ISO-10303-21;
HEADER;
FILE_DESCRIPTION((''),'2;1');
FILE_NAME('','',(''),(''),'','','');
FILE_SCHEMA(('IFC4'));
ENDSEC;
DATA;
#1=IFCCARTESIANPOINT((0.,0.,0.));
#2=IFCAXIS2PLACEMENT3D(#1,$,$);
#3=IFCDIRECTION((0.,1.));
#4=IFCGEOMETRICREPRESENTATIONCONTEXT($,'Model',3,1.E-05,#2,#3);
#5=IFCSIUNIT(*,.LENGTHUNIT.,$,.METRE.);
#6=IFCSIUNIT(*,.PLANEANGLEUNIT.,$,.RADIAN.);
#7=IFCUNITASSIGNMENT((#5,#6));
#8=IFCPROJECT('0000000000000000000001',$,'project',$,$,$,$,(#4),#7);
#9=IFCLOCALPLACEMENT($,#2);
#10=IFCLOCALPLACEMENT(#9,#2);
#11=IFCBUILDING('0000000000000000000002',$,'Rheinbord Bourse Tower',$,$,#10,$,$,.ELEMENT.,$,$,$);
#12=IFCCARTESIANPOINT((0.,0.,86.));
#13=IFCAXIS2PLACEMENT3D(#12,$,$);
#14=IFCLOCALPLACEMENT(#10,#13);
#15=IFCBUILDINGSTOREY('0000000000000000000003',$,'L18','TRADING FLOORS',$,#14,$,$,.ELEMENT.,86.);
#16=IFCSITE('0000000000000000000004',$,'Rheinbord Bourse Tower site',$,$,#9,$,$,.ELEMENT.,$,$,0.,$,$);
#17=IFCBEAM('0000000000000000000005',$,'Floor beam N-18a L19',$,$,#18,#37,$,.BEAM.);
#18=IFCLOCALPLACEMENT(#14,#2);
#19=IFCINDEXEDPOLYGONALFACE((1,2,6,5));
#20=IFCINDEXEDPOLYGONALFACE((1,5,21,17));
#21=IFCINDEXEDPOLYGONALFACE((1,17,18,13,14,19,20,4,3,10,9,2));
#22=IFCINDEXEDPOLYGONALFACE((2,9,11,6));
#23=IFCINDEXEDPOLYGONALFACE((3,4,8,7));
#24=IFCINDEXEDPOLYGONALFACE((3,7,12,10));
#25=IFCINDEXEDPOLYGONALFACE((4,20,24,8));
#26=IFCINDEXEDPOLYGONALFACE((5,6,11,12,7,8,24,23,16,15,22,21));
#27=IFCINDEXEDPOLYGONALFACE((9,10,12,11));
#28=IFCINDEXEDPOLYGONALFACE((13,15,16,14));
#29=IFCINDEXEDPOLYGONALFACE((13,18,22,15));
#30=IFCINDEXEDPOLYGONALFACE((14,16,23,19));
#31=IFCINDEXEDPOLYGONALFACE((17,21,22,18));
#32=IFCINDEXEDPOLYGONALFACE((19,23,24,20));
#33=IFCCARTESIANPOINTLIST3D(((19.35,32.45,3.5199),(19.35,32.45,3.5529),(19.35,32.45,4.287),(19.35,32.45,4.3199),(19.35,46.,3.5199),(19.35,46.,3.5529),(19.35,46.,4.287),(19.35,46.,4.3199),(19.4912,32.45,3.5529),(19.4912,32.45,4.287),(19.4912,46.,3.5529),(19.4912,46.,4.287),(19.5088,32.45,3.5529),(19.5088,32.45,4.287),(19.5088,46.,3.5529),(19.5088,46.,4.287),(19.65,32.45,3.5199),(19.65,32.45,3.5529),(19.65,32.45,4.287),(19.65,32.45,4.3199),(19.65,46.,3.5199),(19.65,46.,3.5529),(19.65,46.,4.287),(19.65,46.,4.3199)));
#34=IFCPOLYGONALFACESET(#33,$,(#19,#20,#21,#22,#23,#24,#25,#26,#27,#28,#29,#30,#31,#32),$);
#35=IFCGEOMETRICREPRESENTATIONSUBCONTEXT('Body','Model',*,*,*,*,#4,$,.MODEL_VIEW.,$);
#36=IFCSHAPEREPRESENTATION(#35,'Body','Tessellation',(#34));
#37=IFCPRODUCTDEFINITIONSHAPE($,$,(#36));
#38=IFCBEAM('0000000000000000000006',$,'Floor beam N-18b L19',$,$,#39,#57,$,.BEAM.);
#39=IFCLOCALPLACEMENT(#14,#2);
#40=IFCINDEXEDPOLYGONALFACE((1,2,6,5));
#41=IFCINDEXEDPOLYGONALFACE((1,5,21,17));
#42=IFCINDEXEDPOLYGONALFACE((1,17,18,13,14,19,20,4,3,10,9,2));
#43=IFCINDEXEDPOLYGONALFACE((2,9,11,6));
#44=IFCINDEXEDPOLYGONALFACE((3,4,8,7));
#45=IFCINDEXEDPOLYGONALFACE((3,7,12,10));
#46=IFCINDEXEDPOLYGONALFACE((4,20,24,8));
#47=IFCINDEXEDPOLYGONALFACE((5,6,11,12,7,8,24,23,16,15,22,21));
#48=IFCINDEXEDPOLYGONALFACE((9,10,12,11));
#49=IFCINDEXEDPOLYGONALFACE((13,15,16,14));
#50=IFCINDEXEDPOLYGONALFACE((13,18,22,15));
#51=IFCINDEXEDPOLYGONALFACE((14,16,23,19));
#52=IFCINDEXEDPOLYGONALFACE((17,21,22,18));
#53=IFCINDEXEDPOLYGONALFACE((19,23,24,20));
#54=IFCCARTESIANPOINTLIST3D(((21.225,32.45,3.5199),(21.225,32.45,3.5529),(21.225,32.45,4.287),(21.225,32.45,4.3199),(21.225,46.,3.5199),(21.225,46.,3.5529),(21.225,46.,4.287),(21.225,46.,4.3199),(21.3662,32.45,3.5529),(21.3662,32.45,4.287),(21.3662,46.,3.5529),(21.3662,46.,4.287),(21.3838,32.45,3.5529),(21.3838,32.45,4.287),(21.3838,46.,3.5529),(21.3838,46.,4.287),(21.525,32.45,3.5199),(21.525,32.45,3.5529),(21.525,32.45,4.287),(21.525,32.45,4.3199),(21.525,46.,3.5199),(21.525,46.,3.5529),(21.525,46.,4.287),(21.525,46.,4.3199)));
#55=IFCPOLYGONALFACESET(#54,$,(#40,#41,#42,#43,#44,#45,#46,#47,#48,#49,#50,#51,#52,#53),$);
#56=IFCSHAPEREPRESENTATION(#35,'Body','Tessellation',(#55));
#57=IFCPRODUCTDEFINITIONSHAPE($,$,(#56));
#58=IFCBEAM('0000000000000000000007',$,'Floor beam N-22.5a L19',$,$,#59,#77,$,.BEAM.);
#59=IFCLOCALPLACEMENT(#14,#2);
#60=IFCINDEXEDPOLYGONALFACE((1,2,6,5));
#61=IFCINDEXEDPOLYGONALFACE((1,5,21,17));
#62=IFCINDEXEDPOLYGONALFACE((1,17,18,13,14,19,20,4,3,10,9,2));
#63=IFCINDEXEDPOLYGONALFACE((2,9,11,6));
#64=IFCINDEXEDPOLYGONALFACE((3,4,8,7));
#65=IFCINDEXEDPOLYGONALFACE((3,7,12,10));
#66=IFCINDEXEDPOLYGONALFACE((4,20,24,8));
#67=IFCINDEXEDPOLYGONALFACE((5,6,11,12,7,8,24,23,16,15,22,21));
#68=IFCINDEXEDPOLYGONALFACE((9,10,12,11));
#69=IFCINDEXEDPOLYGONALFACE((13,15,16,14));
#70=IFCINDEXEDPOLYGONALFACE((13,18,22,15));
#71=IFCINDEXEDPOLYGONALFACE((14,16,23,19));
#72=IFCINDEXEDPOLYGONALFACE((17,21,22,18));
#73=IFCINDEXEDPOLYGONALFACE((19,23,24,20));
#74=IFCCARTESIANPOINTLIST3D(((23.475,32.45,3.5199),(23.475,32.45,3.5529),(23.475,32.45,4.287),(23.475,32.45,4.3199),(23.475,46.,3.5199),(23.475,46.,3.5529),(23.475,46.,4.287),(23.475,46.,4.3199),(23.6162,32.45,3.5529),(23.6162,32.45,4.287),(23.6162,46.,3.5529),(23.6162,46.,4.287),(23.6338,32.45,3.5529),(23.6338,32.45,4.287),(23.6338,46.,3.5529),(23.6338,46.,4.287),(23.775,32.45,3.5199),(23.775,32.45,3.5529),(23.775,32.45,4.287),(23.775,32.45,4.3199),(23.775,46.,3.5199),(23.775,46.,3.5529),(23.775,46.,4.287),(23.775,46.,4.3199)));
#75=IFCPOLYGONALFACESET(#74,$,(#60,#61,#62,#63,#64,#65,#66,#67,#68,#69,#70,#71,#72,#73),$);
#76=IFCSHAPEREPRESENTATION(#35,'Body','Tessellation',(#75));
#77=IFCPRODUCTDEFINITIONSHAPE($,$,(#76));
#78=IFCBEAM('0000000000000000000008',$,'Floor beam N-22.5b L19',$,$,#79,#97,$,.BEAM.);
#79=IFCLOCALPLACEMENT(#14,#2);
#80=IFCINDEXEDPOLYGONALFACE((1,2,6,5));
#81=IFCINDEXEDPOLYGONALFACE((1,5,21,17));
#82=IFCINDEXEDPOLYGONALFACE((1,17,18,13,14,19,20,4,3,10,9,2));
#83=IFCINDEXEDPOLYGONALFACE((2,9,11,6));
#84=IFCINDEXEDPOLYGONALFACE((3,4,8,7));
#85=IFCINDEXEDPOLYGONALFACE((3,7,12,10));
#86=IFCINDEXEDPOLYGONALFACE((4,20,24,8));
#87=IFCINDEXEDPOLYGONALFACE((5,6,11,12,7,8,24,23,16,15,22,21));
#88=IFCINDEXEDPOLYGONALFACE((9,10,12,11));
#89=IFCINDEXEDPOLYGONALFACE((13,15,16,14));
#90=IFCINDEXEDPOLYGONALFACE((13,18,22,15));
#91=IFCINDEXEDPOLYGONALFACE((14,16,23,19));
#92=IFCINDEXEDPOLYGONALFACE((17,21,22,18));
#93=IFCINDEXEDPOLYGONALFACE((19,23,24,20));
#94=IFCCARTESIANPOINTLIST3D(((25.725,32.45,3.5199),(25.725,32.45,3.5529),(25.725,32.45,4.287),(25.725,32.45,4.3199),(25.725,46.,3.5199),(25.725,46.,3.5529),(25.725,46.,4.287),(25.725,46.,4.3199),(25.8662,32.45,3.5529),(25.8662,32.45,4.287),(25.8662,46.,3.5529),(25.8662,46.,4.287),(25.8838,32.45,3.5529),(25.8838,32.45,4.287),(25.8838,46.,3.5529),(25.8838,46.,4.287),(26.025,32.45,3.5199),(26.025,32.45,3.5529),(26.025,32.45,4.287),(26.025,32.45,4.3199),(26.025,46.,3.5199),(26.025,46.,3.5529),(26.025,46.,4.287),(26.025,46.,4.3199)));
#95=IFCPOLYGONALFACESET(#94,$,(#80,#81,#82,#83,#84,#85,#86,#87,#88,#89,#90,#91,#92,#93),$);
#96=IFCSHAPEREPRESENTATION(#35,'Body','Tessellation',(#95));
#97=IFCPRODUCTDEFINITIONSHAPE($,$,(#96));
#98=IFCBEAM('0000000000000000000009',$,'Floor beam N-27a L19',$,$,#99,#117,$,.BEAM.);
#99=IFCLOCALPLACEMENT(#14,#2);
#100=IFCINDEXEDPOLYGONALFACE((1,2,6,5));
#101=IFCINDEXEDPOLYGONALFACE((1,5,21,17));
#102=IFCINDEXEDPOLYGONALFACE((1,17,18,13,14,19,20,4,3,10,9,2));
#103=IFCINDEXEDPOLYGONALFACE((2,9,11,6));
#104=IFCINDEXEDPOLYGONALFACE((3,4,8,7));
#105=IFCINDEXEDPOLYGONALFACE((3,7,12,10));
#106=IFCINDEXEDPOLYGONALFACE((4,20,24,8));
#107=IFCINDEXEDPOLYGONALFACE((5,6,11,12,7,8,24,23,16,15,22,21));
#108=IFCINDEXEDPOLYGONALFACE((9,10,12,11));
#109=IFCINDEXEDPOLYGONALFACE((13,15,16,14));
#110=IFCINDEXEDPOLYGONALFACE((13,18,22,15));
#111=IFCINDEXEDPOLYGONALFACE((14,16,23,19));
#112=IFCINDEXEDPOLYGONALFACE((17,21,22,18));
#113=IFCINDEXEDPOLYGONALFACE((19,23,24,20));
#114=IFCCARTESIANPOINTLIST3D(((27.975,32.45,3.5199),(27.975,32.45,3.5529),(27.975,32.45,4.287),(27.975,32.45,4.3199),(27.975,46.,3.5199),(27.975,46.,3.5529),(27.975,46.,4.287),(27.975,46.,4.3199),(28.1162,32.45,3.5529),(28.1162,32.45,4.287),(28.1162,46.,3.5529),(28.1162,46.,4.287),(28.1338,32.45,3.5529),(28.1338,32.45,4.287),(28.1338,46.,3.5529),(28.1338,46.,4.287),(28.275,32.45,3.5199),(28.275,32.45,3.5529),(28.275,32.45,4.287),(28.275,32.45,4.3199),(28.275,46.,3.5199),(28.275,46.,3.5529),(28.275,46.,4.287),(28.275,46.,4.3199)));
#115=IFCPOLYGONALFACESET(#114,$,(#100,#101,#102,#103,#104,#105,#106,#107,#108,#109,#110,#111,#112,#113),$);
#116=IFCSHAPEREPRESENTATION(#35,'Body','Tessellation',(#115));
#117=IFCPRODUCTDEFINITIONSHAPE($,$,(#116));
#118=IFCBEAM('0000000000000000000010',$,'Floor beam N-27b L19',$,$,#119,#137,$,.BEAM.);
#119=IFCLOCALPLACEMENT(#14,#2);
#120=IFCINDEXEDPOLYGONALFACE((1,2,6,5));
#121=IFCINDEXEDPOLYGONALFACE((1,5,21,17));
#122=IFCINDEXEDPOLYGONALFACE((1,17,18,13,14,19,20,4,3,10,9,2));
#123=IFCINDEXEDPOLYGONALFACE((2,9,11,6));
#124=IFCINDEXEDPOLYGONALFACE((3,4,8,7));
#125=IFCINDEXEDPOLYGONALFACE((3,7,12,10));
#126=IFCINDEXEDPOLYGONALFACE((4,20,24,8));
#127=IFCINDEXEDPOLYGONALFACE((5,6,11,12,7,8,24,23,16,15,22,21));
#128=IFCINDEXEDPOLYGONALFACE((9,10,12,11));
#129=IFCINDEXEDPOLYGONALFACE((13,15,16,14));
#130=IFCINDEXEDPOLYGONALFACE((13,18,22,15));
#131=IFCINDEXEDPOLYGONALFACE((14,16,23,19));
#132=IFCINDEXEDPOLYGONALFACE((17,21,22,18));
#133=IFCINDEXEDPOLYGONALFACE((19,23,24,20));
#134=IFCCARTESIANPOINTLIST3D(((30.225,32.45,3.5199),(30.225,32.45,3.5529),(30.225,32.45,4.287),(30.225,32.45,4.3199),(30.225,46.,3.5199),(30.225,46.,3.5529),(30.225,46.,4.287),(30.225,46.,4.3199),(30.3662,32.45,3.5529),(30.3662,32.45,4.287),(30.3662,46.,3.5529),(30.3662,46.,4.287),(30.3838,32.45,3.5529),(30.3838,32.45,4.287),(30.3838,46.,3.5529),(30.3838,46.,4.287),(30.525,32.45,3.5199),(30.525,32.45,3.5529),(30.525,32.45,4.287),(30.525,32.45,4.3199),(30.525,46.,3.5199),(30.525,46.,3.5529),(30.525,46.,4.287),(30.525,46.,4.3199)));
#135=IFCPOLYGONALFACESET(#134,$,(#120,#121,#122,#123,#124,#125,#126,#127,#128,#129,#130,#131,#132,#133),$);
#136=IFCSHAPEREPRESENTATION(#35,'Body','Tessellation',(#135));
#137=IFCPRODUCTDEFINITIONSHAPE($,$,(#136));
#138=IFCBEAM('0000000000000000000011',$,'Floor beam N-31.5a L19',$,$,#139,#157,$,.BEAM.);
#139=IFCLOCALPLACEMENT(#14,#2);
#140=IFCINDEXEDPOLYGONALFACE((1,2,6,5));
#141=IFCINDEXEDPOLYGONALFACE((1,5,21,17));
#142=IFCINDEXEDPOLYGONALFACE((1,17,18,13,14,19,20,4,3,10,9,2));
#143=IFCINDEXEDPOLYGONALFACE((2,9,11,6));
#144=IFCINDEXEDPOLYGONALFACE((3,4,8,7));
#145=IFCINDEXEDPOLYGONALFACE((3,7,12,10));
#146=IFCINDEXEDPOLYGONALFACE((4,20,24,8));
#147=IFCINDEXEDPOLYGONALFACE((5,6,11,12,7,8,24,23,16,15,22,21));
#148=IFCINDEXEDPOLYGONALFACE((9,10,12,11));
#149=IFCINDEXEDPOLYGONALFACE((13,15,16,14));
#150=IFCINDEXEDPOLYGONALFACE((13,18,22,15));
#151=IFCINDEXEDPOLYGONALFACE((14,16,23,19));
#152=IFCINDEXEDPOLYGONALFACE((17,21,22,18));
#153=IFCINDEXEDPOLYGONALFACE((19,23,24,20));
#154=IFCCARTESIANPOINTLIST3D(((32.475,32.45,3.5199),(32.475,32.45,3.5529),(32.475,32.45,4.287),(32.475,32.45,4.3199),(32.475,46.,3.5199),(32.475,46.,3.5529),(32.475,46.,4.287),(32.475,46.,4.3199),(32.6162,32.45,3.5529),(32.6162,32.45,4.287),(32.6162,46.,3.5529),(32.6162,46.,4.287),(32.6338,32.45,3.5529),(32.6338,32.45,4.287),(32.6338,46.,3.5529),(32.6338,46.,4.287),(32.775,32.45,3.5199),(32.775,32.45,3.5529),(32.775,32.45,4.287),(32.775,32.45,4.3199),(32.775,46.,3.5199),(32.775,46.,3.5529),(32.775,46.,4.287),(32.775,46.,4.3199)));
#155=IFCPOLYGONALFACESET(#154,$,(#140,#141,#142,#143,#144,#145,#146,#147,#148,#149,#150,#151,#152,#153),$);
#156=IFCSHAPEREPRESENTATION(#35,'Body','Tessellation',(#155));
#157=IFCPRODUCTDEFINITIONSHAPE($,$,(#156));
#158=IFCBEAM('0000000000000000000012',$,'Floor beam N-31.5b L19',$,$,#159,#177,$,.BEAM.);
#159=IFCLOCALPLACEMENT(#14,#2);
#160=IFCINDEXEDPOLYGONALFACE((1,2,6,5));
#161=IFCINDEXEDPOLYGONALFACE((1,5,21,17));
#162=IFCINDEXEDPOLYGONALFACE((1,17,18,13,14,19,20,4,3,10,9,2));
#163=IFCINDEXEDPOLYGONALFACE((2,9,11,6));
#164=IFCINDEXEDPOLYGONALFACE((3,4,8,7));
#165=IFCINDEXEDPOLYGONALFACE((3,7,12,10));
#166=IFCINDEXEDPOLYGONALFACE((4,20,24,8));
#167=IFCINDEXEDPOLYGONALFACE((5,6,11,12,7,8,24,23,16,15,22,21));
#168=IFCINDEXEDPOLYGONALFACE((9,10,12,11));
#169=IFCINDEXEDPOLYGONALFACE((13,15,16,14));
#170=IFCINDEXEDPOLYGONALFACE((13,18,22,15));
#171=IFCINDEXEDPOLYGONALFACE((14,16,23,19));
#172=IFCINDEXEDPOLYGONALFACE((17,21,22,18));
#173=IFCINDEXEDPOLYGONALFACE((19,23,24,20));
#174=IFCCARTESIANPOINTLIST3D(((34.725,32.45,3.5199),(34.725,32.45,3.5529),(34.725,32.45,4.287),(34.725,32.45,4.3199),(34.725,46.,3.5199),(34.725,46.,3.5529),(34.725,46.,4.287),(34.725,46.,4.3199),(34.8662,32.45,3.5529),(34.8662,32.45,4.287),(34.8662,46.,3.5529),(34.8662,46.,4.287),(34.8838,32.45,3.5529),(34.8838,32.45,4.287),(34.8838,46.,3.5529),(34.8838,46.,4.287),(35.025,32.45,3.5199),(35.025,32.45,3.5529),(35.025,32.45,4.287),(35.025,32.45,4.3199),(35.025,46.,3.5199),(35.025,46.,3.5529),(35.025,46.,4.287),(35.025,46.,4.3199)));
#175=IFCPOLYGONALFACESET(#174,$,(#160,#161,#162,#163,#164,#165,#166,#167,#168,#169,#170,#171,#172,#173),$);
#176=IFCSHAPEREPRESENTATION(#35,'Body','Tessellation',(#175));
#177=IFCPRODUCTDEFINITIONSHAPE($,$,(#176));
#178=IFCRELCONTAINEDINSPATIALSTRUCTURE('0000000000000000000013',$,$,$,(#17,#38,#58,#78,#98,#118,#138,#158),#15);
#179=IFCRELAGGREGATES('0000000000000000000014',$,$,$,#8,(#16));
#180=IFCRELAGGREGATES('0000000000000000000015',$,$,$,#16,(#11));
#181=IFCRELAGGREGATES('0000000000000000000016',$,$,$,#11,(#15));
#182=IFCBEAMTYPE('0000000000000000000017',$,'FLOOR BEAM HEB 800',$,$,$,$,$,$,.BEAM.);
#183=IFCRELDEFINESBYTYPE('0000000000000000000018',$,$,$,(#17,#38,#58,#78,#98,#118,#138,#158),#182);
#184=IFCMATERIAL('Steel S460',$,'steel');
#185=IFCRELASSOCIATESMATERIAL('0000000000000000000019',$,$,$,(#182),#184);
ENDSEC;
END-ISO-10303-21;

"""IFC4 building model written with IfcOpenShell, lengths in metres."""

from ifc_helpers import new_model, si_unit, direction, frame, origin, origin_2d, place, context, subcontext, project, spatial, i_section, extrude, material, material_profile, profile_set, type_object, element, save


model = new_model("IFC4")

# Units and contexts
model_context = context("Model", 3, precision=1e-05, world=origin(), true_north=direction((0.0, 1.0)))
body_context = subcontext(model_context, "Body", "Model", "MODEL_VIEW")
ifc_project = project(units=[si_unit("LENGTHUNIT", "METRE"), si_unit("PLANEANGLEUNIT", "RADIAN")], contexts=[model_context])

# Site, building, storey
site_placement = place(None, origin())
site = spatial("IfcSite", under=ifc_project, at=site_placement, Name="Rheinbord Bourse Tower site", CompositionType="ELEMENT", RefElevation=0.0)
building_placement = place(site_placement, origin())
building = spatial("IfcBuilding", under=site, at=building_placement, Name="Rheinbord Bourse Tower", CompositionType="ELEMENT")
storey_placement = place(building_placement, frame((0.0, 0.0, 86.0)))
storey = spatial("IfcBuildingStorey", under=building, at=storey_placement, Name="L18", Description="TRADING FLOORS", CompositionType="ELEMENT", Elevation=86.0)

# Beams
ifc_material_1 = material(Name="Steel S460", Category="steel")
ifc_material_profile_1 = material_profile(ifc_material_1, i_section(OverallWidth=0.3, OverallDepth=0.8, WebThickness=0.0176, FlangeThickness=0.033, at=origin_2d()), Name="HEB 800")
ifc_profile_set_1 = profile_set([ifc_material_profile_1], Name="Steel S460")
beam_type_1 = type_object("IfcBeamType", Name="FLOOR BEAM HEB 800", PredefinedType="BEAM", material=ifc_profile_set_1)
for number, where, z_axis, x_axis, name in (
    (1, (19.5, 46.0, 3.9199), (0.0, -1.0, 0.0), (1.0, 0.0, 0.0), "Floor beam N-18a L19"),
    (2, (21.375, 46.0, 3.9199), (0.0, -1.0, 0.0), (1.0, 0.0, 0.0), "Floor beam N-18b L19"),
    (3, (23.625, 46.0, 3.9199), (0.0, -1.0, 0.0), (1.0, 0.0, 0.0), "Floor beam N-22.5a L19"),
    (4, (25.875, 46.0, 3.9199), (0.0, -1.0, 0.0), (1.0, 0.0, 0.0), "Floor beam N-22.5b L19"),
    (5, (28.125, 46.0, 3.9199), (0.0, -1.0, 0.0), (1.0, 0.0, 0.0), "Floor beam N-27a L19"),
    (6, (30.375, 46.0, 3.9199), (0.0, -1.0, 0.0), (1.0, 0.0, 0.0), "Floor beam N-27b L19"),
    (7, (32.625, 46.0, 3.9199), (0.0, -1.0, 0.0), (1.0, 0.0, 0.0), "Floor beam N-31.5a L19"),
    (8, (34.875, 46.0, 3.9199), (0.0, -1.0, 0.0), (1.0, 0.0, 0.0), "Floor beam N-31.5b L19"),
):
    element("IfcBeam", number, at=place(storey_placement, frame(where, z_axis=z_axis, x_axis=x_axis)), inside=storey, type_object=beam_type_1, Name=name, PredefinedType="BEAM", context=body_context, shape_type="SweptSolid", body=[
        extrude(i_section(OverallWidth=0.3, OverallDepth=0.8, WebThickness=0.0176, FlangeThickness=0.033, at=origin_2d()), origin(), (0.0, 0.0, 1.0), 13.55),
    ])

save(model, "model.ifc")
